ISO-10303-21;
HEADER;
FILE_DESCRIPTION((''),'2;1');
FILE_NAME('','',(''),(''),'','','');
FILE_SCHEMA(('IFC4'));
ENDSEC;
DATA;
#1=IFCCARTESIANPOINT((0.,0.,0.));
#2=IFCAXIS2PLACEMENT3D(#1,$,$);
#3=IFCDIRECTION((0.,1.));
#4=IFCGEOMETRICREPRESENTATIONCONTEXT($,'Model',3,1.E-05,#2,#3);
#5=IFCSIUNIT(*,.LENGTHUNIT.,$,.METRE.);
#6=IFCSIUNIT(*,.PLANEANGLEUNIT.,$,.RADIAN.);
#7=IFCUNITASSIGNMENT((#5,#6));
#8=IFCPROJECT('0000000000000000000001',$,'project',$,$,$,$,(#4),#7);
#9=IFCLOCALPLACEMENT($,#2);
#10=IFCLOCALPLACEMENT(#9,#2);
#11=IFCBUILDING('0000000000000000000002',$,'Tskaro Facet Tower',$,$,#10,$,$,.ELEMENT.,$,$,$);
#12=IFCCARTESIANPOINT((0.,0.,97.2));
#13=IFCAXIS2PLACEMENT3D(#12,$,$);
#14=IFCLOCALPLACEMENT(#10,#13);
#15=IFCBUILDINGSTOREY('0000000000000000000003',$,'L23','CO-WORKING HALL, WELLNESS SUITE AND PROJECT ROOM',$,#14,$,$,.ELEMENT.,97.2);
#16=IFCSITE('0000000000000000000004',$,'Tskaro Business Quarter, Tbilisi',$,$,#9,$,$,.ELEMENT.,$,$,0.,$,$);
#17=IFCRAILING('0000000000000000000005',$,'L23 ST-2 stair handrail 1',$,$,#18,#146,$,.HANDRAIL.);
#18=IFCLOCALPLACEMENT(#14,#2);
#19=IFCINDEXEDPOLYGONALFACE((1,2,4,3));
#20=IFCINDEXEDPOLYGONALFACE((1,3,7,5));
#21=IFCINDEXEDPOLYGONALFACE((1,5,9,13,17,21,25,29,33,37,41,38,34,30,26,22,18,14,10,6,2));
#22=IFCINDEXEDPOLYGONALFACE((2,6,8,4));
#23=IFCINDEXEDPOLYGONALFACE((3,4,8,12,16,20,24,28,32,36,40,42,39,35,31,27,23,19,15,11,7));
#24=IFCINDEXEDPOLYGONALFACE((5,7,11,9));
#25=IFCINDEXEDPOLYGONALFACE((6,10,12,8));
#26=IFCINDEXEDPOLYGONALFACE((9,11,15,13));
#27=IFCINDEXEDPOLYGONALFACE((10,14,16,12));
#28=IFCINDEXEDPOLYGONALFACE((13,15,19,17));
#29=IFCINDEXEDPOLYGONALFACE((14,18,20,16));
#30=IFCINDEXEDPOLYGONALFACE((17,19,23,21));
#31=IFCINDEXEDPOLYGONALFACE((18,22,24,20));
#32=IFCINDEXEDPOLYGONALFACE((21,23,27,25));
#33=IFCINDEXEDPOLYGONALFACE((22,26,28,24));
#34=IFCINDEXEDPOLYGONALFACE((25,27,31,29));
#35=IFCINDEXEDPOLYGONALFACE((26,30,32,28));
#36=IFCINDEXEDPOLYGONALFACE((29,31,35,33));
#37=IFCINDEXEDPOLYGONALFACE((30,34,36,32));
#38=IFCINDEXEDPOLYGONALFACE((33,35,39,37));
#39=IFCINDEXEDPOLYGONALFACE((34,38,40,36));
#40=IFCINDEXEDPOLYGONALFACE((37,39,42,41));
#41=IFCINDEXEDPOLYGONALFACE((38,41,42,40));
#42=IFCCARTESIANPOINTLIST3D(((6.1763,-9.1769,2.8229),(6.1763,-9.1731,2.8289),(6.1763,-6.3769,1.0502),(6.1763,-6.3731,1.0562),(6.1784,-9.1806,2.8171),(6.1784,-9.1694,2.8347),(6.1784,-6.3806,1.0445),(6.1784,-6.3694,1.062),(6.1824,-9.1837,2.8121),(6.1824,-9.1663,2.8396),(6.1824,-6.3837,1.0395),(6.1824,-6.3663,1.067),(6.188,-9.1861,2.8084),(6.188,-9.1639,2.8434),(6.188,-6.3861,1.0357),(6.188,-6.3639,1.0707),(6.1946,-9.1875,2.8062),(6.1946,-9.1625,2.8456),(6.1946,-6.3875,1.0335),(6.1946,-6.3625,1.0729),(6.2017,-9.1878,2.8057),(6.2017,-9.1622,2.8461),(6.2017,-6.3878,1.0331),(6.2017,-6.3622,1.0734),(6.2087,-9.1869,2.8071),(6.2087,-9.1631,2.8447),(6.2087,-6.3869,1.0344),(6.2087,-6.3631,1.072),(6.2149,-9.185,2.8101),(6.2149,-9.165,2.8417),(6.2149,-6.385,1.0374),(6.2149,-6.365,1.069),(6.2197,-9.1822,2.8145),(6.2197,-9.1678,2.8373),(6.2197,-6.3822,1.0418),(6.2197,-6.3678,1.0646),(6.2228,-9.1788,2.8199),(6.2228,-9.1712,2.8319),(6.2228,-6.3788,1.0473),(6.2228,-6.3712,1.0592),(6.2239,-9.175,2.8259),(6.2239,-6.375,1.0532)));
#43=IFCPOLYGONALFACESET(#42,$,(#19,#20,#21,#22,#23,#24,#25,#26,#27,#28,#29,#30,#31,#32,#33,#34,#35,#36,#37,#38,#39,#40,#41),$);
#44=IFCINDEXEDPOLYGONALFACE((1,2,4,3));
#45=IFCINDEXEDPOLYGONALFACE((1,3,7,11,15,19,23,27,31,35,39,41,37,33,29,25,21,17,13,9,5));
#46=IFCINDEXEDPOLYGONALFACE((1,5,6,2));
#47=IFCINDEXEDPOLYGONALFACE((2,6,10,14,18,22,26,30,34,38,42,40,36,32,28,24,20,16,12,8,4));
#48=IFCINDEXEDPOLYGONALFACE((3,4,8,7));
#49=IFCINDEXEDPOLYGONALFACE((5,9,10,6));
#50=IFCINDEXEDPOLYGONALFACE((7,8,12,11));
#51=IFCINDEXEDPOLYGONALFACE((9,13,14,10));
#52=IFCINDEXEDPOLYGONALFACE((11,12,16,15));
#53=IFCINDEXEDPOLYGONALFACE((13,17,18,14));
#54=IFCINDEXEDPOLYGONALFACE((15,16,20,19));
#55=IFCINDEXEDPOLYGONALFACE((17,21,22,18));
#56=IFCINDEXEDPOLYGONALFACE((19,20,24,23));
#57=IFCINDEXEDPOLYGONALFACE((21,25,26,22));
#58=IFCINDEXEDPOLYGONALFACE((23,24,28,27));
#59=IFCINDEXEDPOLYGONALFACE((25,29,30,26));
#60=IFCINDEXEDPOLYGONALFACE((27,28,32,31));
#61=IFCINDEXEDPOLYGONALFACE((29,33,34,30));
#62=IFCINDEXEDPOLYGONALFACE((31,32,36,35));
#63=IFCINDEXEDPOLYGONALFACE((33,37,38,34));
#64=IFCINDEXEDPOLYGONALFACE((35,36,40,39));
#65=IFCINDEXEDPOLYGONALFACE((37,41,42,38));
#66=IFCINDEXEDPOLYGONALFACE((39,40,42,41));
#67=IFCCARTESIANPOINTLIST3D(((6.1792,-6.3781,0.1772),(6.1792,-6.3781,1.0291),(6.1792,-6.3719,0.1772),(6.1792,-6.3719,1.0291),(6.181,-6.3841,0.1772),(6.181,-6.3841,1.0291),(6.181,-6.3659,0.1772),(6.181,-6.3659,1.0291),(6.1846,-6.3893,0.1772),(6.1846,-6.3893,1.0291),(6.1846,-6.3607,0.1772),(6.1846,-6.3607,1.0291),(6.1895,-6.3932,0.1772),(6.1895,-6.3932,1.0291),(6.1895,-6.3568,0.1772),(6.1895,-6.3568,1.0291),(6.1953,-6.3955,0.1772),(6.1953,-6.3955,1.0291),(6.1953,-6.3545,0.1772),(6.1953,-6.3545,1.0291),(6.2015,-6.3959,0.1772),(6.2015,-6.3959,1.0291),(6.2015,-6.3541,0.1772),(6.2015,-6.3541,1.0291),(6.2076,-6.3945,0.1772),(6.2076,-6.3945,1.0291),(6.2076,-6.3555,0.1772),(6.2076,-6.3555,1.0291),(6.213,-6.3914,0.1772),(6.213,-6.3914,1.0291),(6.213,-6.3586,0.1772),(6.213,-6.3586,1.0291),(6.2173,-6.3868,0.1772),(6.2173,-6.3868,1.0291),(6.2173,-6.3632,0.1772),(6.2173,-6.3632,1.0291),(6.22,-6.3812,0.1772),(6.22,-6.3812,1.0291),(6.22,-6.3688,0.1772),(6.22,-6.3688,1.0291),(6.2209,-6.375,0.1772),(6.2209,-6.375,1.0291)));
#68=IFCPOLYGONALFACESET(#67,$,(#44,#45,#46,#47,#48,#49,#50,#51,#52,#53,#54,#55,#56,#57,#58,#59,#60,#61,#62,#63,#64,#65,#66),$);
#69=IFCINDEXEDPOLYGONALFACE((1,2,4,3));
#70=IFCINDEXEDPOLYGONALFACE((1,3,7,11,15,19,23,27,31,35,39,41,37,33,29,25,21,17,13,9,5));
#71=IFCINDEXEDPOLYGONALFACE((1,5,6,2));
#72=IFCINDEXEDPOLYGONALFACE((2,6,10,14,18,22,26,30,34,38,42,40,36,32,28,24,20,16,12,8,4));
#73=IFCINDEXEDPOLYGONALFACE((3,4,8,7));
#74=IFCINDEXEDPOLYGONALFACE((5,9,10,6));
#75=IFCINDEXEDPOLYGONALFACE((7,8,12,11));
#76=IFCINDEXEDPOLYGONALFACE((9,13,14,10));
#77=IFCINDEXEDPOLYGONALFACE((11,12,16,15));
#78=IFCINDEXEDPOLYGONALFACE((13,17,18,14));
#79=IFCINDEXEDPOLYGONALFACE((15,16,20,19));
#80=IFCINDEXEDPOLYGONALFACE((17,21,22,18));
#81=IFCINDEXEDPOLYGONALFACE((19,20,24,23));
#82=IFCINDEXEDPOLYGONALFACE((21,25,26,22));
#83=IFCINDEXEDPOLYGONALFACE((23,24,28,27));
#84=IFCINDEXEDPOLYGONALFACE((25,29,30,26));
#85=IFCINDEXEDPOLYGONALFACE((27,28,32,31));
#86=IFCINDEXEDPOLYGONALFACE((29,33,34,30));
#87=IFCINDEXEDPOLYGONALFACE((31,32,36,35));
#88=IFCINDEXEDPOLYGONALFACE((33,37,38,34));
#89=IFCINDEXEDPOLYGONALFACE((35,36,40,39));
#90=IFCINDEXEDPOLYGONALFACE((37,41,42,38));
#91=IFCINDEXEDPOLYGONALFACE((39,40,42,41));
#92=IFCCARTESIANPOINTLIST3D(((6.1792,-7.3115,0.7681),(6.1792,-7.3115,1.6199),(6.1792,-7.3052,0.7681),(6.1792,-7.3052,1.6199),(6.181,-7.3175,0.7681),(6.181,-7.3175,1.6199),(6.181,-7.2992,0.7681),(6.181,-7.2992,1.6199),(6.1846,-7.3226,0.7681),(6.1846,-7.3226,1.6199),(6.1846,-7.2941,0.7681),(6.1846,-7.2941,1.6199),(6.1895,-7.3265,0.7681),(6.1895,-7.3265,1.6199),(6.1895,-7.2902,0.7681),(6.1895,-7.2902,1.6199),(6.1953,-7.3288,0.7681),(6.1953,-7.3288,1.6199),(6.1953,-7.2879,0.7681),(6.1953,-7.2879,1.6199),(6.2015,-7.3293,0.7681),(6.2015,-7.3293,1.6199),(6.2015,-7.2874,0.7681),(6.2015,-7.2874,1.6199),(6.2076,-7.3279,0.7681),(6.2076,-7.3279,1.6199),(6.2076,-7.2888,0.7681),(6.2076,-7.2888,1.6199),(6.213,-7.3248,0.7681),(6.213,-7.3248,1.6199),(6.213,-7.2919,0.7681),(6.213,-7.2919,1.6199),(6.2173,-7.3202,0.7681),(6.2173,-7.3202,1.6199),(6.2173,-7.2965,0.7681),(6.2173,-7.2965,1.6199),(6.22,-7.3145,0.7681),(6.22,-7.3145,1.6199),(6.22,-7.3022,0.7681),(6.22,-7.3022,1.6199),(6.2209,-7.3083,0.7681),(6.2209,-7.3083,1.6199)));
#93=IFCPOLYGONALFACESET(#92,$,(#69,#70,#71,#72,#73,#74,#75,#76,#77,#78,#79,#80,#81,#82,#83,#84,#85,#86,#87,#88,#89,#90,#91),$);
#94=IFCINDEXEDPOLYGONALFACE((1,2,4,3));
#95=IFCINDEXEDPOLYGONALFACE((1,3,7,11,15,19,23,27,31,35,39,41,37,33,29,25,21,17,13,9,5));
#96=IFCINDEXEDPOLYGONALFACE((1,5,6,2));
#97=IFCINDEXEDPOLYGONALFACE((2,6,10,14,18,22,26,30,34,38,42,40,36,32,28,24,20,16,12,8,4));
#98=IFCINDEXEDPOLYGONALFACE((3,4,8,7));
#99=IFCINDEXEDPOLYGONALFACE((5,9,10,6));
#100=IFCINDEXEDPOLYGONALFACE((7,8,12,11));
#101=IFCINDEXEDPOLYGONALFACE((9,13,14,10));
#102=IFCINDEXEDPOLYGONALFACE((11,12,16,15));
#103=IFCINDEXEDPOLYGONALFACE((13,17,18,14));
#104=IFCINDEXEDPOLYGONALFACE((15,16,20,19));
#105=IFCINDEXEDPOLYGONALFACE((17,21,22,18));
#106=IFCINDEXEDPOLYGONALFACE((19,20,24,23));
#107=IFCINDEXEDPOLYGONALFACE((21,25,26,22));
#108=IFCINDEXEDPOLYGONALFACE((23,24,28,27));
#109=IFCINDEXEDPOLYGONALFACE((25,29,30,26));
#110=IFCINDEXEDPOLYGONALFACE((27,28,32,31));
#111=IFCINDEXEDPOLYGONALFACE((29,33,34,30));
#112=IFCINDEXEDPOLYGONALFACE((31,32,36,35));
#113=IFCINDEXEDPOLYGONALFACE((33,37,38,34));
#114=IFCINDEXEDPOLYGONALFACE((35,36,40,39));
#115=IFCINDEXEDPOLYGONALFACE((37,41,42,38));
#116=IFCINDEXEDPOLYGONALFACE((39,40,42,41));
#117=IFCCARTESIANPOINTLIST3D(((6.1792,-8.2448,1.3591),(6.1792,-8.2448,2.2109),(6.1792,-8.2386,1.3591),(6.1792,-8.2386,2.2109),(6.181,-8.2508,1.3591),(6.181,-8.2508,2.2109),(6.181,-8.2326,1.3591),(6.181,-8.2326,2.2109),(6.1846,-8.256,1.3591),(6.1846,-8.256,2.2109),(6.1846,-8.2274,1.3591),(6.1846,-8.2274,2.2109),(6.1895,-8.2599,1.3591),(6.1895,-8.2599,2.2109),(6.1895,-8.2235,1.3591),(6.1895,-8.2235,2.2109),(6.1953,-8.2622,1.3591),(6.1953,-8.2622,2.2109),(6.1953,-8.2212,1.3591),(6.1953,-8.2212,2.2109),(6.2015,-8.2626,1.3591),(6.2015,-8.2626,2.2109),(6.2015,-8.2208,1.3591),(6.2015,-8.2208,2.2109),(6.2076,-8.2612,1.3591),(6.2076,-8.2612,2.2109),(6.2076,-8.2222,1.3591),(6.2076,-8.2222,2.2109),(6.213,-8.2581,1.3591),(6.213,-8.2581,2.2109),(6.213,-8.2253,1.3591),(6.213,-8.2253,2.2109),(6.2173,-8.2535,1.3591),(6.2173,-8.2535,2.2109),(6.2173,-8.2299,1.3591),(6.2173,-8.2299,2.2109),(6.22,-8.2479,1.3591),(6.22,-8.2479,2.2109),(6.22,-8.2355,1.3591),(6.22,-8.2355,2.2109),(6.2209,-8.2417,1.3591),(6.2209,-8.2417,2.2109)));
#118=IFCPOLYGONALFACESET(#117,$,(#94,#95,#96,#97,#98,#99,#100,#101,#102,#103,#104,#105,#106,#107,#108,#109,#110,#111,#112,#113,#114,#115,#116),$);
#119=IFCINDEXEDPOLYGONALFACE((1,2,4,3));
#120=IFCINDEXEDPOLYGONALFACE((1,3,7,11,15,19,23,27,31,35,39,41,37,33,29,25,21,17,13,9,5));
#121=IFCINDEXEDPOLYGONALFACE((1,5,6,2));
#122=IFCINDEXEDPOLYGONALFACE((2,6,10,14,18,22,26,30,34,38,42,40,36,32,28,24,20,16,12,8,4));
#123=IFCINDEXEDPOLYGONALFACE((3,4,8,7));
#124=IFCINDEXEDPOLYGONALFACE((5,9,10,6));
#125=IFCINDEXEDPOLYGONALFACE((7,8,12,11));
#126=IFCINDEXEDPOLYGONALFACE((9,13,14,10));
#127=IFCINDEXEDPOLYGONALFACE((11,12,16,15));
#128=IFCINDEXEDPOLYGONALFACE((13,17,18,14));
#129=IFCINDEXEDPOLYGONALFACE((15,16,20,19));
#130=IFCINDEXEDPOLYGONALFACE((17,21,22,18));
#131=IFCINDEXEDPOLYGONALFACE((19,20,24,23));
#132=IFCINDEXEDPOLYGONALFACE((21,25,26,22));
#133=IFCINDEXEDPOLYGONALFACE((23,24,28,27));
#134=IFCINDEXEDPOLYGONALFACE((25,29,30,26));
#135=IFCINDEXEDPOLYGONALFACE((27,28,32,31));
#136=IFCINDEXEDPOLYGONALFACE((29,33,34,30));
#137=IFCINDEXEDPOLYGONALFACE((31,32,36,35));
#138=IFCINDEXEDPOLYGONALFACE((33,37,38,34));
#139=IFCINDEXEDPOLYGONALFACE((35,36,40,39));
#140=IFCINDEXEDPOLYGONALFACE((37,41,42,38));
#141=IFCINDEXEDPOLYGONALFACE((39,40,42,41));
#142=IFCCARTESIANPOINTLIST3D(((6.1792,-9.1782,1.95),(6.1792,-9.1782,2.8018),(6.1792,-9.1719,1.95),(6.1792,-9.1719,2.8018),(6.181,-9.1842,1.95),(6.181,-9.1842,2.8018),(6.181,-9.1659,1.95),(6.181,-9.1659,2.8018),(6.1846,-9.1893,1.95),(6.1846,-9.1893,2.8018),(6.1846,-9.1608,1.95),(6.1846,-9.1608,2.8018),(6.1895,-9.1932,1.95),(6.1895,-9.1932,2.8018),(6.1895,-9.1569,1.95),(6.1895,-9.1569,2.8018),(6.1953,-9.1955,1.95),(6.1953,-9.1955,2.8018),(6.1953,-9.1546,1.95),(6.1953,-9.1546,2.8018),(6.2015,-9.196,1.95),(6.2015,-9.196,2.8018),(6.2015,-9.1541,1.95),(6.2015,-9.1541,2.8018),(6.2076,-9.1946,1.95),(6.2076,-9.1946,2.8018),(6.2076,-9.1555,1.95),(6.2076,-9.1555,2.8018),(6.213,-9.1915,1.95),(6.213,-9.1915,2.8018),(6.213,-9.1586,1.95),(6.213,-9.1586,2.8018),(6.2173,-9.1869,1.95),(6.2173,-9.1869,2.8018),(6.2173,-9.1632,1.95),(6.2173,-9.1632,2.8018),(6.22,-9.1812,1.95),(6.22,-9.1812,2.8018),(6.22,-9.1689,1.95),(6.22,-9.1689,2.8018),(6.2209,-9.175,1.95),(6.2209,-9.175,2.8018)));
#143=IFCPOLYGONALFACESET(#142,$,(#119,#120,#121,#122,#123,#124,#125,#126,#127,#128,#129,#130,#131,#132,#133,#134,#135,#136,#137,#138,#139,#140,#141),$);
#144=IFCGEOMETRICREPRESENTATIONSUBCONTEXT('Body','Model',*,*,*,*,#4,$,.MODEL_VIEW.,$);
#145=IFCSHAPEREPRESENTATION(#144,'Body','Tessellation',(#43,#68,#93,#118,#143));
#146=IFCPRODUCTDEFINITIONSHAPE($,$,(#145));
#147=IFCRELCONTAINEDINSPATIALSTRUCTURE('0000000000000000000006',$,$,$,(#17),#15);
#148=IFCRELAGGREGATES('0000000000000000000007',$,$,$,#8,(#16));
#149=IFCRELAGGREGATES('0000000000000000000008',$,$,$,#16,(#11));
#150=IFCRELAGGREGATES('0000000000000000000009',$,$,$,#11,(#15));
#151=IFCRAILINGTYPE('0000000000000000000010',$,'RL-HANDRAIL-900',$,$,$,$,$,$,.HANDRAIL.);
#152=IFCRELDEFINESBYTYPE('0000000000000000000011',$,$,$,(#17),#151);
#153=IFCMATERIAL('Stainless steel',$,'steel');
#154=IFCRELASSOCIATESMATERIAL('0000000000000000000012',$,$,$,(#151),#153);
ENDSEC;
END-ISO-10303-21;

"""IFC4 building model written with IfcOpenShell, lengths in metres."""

from ifc_helpers import new_model, si_unit, direction, frame, origin, origin_2d, place, context, subcontext, project, spatial, circle, extrude, material, type_object, element, save


model = new_model("IFC4")

# Units and contexts
model_context = context("Model", 3, precision=1e-05, world=origin(), true_north=direction((0.0, 1.0)))
body_context = subcontext(model_context, "Body", "Model", "MODEL_VIEW")
ifc_project = project(units=[si_unit("LENGTHUNIT", "METRE"), si_unit("PLANEANGLEUNIT", "RADIAN")], contexts=[model_context])

# Site, building, storey
site_placement = place(None, origin())
site = spatial("IfcSite", under=ifc_project, at=site_placement, Name="Tskaro Business Quarter, Tbilisi", CompositionType="ELEMENT", RefElevation=0.0)
building_placement = place(site_placement, origin())
building = spatial("IfcBuilding", under=site, at=building_placement, Name="Tskaro Facet Tower", CompositionType="ELEMENT")
storey_placement = place(building_placement, frame((0.0, 0.0, 97.2)))
storey = spatial("IfcBuildingStorey", under=building, at=storey_placement, Name="L23", Description="CO-WORKING HALL, WELLNESS SUITE AND PROJECT ROOM", CompositionType="ELEMENT", Elevation=97.2)

# Shared definitions
ifc_material_1 = material(Name="Stainless steel", Category="steel")

# Railing
railing_type_1 = type_object("IfcRailingType", Name="RL-HANDRAIL-900", PredefinedType="HANDRAIL", material=ifc_material_1)
railing_1_placement = place(storey_placement, frame((6.2, -6.375, 0.1772)))
element("IfcRailing", 1, at=railing_1_placement, inside=storey, type_object=railing_type_1, Name="L23 ST-2 stair handrail 1", PredefinedType="HANDRAIL", context=body_context, shape_type="SweptSolid", body=[
    extrude(circle(Radius=0.0239, at=origin_2d()), frame((0.0, 0.0, 0.876), z_axis=(0.0, -0.844909, 0.53491), x_axis=(1.0, 0.0, 0.0)), (0.0, 0.0, 1.0), 3.314),
    extrude(circle(Radius=0.021, at=origin_2d()), origin(), (0.0, 0.0, 1.0), 0.8518),
    extrude(circle(Radius=0.021, at=origin_2d()), frame((0.0, -0.9333, 0.5908)), (0.0, 0.0, 1.0), 0.8518),
    extrude(circle(Radius=0.021, at=origin_2d()), frame((0.0, -1.8667, 1.1819)), (0.0, 0.0, 1.0), 0.8518),
    extrude(circle(Radius=0.021, at=origin_2d()), frame((0.0, -2.8, 1.7727)), (0.0, 0.0, 1.0), 0.8518),
])

save(model, "model.ifc")
